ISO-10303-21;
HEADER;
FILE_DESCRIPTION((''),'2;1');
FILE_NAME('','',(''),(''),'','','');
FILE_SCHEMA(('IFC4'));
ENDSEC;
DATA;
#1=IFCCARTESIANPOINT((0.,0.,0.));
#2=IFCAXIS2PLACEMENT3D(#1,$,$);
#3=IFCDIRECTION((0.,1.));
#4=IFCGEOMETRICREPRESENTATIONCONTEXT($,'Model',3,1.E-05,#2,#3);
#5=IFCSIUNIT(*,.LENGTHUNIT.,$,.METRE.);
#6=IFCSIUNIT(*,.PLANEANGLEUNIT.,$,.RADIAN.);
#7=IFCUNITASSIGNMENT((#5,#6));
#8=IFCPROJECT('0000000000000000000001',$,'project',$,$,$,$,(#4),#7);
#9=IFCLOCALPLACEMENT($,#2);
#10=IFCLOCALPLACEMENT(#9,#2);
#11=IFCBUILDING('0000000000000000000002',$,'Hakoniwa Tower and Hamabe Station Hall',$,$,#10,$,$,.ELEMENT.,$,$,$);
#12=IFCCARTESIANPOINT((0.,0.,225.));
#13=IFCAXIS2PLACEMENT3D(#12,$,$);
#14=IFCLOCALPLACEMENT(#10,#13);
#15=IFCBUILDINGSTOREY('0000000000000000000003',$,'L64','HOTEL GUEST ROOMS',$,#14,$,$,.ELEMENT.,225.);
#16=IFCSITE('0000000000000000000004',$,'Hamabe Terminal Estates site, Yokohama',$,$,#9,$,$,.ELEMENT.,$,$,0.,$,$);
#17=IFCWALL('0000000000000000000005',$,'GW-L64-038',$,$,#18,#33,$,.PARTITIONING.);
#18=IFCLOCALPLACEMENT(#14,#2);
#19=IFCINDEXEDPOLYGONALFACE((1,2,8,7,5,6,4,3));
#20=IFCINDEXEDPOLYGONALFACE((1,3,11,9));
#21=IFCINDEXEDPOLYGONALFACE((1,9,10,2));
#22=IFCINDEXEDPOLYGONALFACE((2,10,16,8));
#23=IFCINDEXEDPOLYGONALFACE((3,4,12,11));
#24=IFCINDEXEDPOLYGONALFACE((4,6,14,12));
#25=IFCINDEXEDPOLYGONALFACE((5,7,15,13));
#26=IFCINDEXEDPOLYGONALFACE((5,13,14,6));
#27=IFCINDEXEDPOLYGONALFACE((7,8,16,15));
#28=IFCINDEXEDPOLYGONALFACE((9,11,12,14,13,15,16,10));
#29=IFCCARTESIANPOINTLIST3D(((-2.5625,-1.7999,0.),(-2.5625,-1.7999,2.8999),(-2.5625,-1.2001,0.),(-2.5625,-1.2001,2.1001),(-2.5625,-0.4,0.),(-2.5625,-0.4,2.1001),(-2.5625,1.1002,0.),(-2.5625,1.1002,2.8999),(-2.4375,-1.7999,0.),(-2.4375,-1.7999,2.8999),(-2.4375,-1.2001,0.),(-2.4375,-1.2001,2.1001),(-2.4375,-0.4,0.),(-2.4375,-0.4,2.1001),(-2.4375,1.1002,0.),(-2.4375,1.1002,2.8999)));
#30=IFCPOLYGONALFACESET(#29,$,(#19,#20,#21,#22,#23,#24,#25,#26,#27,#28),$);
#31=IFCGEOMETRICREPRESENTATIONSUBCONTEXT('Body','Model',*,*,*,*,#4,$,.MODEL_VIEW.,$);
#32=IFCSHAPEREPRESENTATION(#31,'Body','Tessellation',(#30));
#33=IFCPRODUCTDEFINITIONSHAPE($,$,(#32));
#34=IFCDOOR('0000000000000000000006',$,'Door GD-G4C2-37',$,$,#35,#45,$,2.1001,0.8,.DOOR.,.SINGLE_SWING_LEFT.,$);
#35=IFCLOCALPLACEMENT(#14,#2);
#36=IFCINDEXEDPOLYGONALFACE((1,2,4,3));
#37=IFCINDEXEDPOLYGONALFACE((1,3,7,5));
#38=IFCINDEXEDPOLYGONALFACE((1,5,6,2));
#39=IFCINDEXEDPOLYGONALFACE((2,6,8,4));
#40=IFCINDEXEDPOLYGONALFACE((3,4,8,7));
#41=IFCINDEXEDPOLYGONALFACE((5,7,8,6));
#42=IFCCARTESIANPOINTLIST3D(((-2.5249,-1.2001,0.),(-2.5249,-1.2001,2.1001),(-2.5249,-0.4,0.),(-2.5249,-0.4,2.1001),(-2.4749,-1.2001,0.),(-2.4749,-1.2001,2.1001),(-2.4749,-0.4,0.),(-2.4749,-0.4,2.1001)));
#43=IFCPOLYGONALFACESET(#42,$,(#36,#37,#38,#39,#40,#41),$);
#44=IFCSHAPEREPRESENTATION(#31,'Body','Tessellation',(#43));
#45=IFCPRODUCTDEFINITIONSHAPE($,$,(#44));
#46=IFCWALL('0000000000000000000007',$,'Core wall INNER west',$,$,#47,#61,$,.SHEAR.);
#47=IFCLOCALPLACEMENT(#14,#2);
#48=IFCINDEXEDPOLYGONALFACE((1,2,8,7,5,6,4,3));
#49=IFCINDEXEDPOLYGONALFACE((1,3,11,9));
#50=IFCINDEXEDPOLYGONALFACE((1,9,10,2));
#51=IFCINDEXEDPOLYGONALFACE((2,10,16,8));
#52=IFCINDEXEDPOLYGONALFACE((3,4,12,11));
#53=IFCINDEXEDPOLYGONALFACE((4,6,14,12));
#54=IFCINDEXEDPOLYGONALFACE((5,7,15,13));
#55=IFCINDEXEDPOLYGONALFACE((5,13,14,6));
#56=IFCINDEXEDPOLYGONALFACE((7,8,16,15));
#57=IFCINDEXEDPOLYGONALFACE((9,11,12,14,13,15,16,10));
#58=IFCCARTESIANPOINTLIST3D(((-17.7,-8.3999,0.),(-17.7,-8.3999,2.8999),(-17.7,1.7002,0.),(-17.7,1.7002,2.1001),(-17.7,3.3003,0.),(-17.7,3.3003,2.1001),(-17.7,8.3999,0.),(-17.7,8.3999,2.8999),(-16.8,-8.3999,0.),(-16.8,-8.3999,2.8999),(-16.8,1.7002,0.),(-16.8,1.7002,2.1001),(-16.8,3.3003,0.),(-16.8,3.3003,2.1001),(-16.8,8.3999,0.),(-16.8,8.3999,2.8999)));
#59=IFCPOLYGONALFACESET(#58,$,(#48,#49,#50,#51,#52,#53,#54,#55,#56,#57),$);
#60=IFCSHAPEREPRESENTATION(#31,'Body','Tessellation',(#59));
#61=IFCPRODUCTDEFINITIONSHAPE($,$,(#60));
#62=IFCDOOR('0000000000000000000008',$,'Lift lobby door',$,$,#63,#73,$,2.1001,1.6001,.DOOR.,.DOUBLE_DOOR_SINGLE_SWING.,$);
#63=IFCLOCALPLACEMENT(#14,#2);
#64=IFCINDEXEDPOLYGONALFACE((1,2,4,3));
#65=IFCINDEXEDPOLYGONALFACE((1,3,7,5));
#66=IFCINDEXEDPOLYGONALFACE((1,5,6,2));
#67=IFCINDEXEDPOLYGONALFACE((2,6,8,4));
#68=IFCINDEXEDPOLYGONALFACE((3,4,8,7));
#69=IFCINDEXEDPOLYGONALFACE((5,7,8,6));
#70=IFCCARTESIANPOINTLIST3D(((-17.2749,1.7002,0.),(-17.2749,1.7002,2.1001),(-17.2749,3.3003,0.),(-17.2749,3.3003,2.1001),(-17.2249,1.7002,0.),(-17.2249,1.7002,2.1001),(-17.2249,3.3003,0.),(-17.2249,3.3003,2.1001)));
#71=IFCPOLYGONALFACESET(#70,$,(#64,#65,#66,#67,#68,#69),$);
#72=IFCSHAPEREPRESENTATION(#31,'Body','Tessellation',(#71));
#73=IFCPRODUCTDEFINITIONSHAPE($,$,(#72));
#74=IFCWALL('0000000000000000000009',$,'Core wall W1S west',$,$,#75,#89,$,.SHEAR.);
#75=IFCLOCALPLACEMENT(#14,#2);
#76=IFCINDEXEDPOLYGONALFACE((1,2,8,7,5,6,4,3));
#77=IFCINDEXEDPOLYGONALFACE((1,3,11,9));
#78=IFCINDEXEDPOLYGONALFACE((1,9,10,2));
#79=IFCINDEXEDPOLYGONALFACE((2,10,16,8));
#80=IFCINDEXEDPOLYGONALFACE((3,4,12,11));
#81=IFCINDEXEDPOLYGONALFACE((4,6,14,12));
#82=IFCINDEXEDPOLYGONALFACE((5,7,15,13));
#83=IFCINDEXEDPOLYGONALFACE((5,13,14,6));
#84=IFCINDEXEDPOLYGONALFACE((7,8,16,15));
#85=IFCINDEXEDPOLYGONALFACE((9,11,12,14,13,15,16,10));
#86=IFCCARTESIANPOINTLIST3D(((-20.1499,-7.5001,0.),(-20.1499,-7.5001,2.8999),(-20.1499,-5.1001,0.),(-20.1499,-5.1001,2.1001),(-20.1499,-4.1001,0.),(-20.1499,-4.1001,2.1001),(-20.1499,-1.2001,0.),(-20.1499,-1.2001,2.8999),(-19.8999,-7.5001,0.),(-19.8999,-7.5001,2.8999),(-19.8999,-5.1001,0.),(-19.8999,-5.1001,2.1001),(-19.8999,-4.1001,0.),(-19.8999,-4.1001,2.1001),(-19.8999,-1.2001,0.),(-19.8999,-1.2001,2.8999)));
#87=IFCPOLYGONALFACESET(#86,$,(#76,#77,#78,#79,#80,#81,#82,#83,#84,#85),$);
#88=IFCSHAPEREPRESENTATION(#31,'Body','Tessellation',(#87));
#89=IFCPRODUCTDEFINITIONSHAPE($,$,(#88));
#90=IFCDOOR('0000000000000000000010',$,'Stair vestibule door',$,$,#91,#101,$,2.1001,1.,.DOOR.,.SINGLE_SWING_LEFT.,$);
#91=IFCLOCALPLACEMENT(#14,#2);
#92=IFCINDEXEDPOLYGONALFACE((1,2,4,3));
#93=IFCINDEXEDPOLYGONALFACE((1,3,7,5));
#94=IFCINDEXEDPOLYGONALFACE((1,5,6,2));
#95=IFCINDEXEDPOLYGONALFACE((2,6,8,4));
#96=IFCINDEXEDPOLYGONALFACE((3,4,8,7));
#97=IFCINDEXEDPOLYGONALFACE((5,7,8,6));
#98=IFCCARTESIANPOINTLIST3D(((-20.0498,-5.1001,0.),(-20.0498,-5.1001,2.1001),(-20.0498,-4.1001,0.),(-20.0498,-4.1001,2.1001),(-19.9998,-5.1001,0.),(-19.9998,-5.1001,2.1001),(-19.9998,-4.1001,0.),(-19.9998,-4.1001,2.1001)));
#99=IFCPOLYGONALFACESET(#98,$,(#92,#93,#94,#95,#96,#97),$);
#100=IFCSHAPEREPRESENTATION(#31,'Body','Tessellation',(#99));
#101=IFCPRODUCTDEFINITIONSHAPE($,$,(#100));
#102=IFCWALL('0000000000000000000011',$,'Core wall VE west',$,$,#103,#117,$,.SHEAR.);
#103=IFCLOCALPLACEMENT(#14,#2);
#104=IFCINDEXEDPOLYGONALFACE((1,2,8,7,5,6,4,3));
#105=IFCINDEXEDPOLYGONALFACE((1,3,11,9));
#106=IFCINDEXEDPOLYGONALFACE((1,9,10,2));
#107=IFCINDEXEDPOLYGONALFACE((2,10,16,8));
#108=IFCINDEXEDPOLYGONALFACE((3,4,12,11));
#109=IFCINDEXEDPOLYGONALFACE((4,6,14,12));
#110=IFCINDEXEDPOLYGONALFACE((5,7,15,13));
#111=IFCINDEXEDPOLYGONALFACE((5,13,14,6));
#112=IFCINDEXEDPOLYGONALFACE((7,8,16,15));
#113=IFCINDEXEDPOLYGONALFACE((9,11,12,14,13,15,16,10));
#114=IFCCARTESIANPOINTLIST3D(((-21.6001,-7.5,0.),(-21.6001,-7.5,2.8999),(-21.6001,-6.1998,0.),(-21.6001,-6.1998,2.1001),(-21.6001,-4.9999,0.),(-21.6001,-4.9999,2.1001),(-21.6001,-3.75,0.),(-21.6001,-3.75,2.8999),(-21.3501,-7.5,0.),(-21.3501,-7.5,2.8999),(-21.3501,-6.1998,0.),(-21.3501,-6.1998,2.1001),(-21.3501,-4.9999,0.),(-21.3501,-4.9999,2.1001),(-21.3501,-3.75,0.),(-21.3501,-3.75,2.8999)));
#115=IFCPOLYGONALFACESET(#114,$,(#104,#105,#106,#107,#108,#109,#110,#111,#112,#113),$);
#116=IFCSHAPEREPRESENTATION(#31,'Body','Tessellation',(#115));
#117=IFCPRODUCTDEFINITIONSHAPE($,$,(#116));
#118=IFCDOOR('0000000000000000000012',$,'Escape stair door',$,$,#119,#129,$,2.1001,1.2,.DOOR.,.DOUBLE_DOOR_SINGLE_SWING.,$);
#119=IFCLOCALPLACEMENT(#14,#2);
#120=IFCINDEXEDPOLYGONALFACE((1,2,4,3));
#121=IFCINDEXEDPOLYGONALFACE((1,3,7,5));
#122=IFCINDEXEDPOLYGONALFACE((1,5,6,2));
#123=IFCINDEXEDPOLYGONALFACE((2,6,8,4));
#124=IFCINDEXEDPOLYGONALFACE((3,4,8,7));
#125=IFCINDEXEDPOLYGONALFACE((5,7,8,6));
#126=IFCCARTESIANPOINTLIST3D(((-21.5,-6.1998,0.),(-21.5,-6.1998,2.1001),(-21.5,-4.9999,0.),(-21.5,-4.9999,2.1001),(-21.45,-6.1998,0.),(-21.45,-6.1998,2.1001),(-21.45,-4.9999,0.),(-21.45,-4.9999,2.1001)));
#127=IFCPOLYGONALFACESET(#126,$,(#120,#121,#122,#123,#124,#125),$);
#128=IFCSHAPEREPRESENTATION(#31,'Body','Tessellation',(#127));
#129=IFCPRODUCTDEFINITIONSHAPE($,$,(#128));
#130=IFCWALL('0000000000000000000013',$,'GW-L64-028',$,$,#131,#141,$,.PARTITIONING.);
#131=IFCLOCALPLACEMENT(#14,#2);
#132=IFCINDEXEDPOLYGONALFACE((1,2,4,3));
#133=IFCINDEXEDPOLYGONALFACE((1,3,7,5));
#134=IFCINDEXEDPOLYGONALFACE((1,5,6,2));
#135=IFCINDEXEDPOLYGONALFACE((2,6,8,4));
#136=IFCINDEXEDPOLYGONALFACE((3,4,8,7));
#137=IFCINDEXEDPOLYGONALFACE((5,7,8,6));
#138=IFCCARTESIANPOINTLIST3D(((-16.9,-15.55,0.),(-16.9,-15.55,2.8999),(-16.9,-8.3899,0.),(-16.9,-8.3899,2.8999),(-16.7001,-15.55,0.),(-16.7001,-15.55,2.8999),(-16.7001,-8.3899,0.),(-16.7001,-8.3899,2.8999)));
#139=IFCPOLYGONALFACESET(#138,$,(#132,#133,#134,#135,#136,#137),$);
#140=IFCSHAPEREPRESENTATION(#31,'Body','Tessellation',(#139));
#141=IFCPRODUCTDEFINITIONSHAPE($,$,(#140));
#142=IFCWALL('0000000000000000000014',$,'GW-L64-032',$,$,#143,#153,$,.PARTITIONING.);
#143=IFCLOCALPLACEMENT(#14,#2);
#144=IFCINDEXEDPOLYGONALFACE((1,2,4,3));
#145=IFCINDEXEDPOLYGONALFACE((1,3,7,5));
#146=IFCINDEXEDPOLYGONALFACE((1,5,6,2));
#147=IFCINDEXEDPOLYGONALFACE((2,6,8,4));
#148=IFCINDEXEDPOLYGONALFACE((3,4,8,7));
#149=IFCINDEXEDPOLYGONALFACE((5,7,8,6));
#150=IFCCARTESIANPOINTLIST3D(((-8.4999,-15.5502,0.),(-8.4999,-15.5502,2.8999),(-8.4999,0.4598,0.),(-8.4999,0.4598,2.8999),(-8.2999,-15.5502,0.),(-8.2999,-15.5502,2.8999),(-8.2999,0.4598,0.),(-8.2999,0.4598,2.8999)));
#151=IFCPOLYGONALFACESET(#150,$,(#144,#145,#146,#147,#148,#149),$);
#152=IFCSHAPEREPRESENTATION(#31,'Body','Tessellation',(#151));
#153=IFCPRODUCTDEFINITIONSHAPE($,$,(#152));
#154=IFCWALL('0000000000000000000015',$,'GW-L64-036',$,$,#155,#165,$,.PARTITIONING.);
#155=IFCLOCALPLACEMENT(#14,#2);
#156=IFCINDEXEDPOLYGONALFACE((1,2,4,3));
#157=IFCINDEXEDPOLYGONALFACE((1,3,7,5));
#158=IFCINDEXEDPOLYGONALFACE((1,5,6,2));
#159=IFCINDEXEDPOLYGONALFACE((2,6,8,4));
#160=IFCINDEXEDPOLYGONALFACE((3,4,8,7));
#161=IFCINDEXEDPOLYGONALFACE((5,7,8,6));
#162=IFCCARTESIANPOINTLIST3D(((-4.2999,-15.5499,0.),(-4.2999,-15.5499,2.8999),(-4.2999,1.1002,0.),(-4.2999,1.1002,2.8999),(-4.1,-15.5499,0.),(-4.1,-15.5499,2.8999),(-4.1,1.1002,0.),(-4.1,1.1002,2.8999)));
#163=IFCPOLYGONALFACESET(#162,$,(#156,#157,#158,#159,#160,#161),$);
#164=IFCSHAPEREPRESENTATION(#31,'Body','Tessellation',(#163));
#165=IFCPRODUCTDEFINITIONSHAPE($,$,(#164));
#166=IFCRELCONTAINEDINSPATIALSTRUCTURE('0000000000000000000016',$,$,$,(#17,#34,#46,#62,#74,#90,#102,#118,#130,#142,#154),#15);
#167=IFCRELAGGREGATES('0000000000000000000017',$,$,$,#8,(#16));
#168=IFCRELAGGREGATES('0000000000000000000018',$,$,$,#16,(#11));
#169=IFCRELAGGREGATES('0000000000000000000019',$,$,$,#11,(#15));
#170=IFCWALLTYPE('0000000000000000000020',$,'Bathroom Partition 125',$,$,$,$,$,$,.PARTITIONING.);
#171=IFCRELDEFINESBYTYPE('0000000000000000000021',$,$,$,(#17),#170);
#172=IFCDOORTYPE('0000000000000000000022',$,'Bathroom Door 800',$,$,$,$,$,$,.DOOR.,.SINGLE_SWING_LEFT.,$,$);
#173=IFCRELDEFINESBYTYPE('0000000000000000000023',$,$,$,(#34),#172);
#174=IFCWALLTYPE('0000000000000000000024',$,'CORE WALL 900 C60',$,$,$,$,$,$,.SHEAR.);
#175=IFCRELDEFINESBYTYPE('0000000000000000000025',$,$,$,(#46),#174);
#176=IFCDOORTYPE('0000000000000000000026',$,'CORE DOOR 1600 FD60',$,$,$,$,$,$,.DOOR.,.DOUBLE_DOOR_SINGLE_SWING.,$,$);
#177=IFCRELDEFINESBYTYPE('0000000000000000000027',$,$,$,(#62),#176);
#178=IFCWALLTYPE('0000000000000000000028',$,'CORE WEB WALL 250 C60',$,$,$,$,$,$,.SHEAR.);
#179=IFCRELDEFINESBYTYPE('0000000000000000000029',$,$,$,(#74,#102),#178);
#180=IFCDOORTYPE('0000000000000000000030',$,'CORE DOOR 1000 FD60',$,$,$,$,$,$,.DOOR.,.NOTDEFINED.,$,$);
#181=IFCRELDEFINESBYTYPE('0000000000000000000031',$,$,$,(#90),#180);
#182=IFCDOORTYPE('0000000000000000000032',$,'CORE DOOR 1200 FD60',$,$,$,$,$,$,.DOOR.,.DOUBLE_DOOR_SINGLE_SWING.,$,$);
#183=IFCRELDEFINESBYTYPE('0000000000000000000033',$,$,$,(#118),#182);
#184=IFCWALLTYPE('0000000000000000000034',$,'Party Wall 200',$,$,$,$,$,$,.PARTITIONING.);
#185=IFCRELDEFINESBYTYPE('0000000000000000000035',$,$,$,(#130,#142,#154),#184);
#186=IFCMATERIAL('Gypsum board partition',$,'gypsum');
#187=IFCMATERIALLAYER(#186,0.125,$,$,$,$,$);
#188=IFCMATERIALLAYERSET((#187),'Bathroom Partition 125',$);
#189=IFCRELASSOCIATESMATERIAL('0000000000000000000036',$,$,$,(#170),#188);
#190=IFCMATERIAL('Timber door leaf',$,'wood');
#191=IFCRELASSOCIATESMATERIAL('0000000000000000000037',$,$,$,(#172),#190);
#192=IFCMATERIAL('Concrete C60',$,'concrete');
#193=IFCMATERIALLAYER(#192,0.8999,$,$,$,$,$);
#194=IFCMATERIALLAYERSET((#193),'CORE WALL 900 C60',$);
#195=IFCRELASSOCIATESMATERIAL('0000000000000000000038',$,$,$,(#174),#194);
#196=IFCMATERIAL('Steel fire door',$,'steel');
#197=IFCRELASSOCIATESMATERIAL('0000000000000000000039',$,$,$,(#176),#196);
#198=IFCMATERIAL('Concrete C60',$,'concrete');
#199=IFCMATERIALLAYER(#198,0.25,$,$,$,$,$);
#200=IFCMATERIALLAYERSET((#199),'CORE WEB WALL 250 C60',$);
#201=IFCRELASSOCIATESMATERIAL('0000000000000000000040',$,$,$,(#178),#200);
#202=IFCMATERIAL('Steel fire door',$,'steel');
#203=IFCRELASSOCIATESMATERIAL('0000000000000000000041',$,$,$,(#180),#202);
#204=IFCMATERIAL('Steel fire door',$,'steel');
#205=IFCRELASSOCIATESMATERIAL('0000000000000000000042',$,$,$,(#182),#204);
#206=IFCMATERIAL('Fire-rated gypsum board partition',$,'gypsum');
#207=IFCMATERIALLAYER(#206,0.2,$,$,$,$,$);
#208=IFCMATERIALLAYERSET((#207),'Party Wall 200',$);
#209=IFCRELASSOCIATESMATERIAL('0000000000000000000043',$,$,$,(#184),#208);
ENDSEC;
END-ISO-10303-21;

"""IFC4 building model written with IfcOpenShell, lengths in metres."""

from ifc_helpers import new_model, si_unit, direction, frame, frame_2d, origin, place, context, subcontext, project, spatial, rectangle, extrude, material, layer, layer_set, type_object, element, fill, save


model = new_model("IFC4")

# Units and contexts
model_context = context("Model", 3, precision=1e-05, world=origin(), true_north=direction((0.0, 1.0)))
body_context = subcontext(model_context, "Body", "Model", "MODEL_VIEW")
ifc_project = project(units=[si_unit("LENGTHUNIT", "METRE"), si_unit("PLANEANGLEUNIT", "RADIAN")], contexts=[model_context])

# Site, building, storey
site_placement = place(None, origin())
site = spatial("IfcSite", under=ifc_project, at=site_placement, Name="Hamabe Terminal Estates site, Yokohama", CompositionType="ELEMENT", RefElevation=0.0)
building_placement = place(site_placement, origin())
building = spatial("IfcBuilding", under=site, at=building_placement, Name="Hakoniwa Tower and Hamabe Station Hall", CompositionType="ELEMENT")
storey_placement = place(building_placement, frame((0.0, 0.0, 225.0)))
storey = spatial("IfcBuildingStorey", under=building, at=storey_placement, Name="L64", Description="HOTEL GUEST ROOMS", CompositionType="ELEMENT", Elevation=225.0)

# Shared definitions
ifc_material_1 = material(Name="Gypsum board partition", Category="gypsum")
ifc_layer_1 = layer(ifc_material_1, 0.125)
ifc_layer_set_1 = layer_set([ifc_layer_1], Name="Bathroom Partition 125")
wall_type_1 = type_object("IfcWallType", Name="Bathroom Partition 125", PredefinedType="PARTITIONING", material=ifc_layer_set_1)
ifc_material_2 = material(Name="Timber door leaf", Category="wood")
door_type_1 = type_object("IfcDoorType", Name="Bathroom Door 800", OperationType="SINGLE_SWING_LEFT", PredefinedType="DOOR", material=ifc_material_2)

# Walls, openings, doors
wall_1_placement = place(storey_placement, frame((-2.5, -1.8, 0.0), z_axis=(0.0, 0.0, 1.0), x_axis=(0.0, 1.0, 0.0)))
wall_1 = element("IfcWall", 1, at=wall_1_placement, inside=storey, type_object=wall_type_1, Name="GW-L64-038", PredefinedType="PARTITIONING", context=body_context, shape_type="SweptSolid", body=[
    extrude(rectangle(XDim=2.9001, YDim=0.125, at=frame_2d((1.4502, 0.0))), origin(), (0.0, 0.0, 1.0), 2.8999),
])
opening_1_placement = place(wall_1_placement, frame((0.6001, 0.0, 0.0)))
opening_1 = element("IfcOpeningElement", 2, at=opening_1_placement, cuts=wall_1, PredefinedType="OPENING", context=body_context, shape_type="SweptSolid", body=[
    extrude(rectangle(XDim=0.8, YDim=2.1001, at=frame_2d((0.3999, 1.05))), frame((0.0, 0.0725, 0.0), z_axis=(0.0, -1.0, 0.0), x_axis=(1.0, 0.0, 0.0)), (0.0, 0.0, 1.0), 0.145),
])
door_1_placement = place(opening_1_placement, origin())
door_1 = element("IfcDoor", 3, at=door_1_placement, inside=storey, type_object=door_type_1, Name="Door GD-G4C2-37", OperationType="SINGLE_SWING_LEFT", OverallHeight=2.1001, OverallWidth=0.8, PredefinedType="DOOR", context=body_context, shape_type="SweptSolid", body=[
    extrude(rectangle(XDim=0.8, YDim=2.1001, at=frame_2d((0.3999, 1.05))), frame((0.0, 0.0249, 0.0), z_axis=(0.0, -1.0, 0.0), x_axis=(1.0, 0.0, 0.0)), (0.0, 0.0, 1.0), 0.05),
])
fill(opening_1, door_1)
ifc_material_3 = material(Name="Concrete C60", Category="concrete")
ifc_layer_2 = layer(ifc_material_3, 0.8999)
ifc_layer_set_2 = layer_set([ifc_layer_2], Name="CORE WALL 900 C60")
wall_type_2 = type_object("IfcWallType", Name="CORE WALL 900 C60", PredefinedType="SHEAR", material=ifc_layer_set_2)
wall_2_placement = place(storey_placement, frame((-17.25, -8.3999, 0.0), z_axis=(0.0, 0.0, 1.0), x_axis=(0.0, 1.0, 0.0)))
wall_2 = element("IfcWall", 4, at=wall_2_placement, inside=storey, type_object=wall_type_2, Name="Core wall INNER west", PredefinedType="SHEAR", context=body_context, shape_type="SweptSolid", body=[
    extrude(rectangle(XDim=16.7998, YDim=0.8999, at=frame_2d((8.3999, 0.0))), origin(), (0.0, 0.0, 1.0), 2.8999),
])
opening_2_placement = place(wall_2_placement, frame((10.1001, 0.0, 0.0)))
opening_2 = element("IfcOpeningElement", 5, at=opening_2_placement, cuts=wall_2, PredefinedType="OPENING", context=body_context, shape_type="SweptSolid", body=[
    extrude(rectangle(XDim=1.6001, YDim=2.1001, at=frame_2d((0.8, 1.05))), frame((0.0, 0.46, 0.0), z_axis=(0.0, -1.0, 0.0), x_axis=(1.0, 0.0, 0.0)), (0.0, 0.0, 1.0), 0.9199),
])
ifc_material_4 = material(Name="Steel fire door", Category="steel")
door_type_2 = type_object("IfcDoorType", Name="CORE DOOR 1600 FD60", OperationType="DOUBLE_DOOR_SINGLE_SWING", PredefinedType="DOOR", material=ifc_material_4)
door_2_placement = place(opening_2_placement, origin())
door_2 = element("IfcDoor", 6, at=door_2_placement, inside=storey, type_object=door_type_2, Name="Lift lobby door", OperationType="DOUBLE_DOOR_SINGLE_SWING", OverallHeight=2.1001, OverallWidth=1.6001, PredefinedType="DOOR", context=body_context, shape_type="SweptSolid", body=[
    extrude(rectangle(XDim=1.6001, YDim=2.1001, at=frame_2d((0.8, 1.05))), frame((0.0, 0.0249, 0.0), z_axis=(0.0, -1.0, 0.0), x_axis=(1.0, 0.0, 0.0)), (0.0, 0.0, 1.0), 0.05),
])
fill(opening_2, door_2)
ifc_material_5 = material(Name="Concrete C60", Category="concrete")
ifc_layer_3 = layer(ifc_material_5, 0.25)
ifc_layer_set_3 = layer_set([ifc_layer_3], Name="CORE WEB WALL 250 C60")
wall_type_3 = type_object("IfcWallType", Name="CORE WEB WALL 250 C60", PredefinedType="SHEAR", material=ifc_layer_set_3)
wall_3_placement = place(storey_placement, frame((-20.0249, -7.5, 0.0), z_axis=(0.0, 0.0, 1.0), x_axis=(0.0, 1.0, 0.0)))
wall_3 = element("IfcWall", 7, at=wall_3_placement, inside=storey, type_object=wall_type_3, Name="Core wall W1S west", PredefinedType="SHEAR", context=body_context, shape_type="SweptSolid", body=[
    extrude(rectangle(XDim=6.3, YDim=0.25, at=frame_2d((3.1499, 0.0))), origin(), (0.0, 0.0, 1.0), 2.8999),
])
opening_3_placement = place(wall_3_placement, frame((2.3999, 0.0, 0.0)))
opening_3 = element("IfcOpeningElement", 8, at=opening_3_placement, cuts=wall_3, PredefinedType="OPENING", context=body_context, shape_type="SweptSolid", body=[
    extrude(rectangle(XDim=1.0, YDim=2.1001, at=frame_2d((0.5, 1.05))), frame((0.0, 0.135, 0.0), z_axis=(0.0, -1.0, 0.0), x_axis=(1.0, 0.0, 0.0)), (0.0, 0.0, 1.0), 0.27),
])
ifc_material_6 = material(Name="Steel fire door", Category="steel")
door_type_3 = type_object("IfcDoorType", Name="CORE DOOR 1000 FD60", OperationType="NOTDEFINED", PredefinedType="DOOR", material=ifc_material_6)
door_3_placement = place(opening_3_placement, origin())
door_3 = element("IfcDoor", 9, at=door_3_placement, inside=storey, type_object=door_type_3, Name="Stair vestibule door", OperationType="SINGLE_SWING_LEFT", OverallHeight=2.1001, OverallWidth=1.0, PredefinedType="DOOR", context=body_context, shape_type="SweptSolid", body=[
    extrude(rectangle(XDim=1.0, YDim=2.1001, at=frame_2d((0.5, 1.05))), frame((0.0, 0.0249, 0.0), z_axis=(0.0, -1.0, 0.0), x_axis=(1.0, 0.0, 0.0)), (0.0, 0.0, 1.0), 0.05),
])
fill(opening_3, door_3)
wall_4_placement = place(storey_placement, frame((-21.4751, -7.5, 0.0), z_axis=(0.0, 0.0, 1.0), x_axis=(0.0, 1.0, 0.0)))
wall_4 = element("IfcWall", 10, at=wall_4_placement, inside=storey, type_object=wall_type_3, Name="Core wall VE west", PredefinedType="SHEAR", context=body_context, shape_type="SweptSolid", body=[
    extrude(rectangle(XDim=3.75, YDim=0.25, at=frame_2d((1.875, 0.0))), origin(), (0.0, 0.0, 1.0), 2.8999),
])
opening_4_placement = place(wall_4_placement, frame((1.3, 0.0, 0.0)))
opening_4 = element("IfcOpeningElement", 11, at=opening_4_placement, cuts=wall_4, PredefinedType="OPENING", context=body_context, shape_type="SweptSolid", body=[
    extrude(rectangle(XDim=1.2, YDim=2.1001, at=frame_2d((0.6001, 1.05))), frame((0.0, 0.135, 0.0), z_axis=(0.0, -1.0, 0.0), x_axis=(1.0, 0.0, 0.0)), (0.0, 0.0, 1.0), 0.27),
])
ifc_material_7 = material(Name="Steel fire door", Category="steel")
door_type_4 = type_object("IfcDoorType", Name="CORE DOOR 1200 FD60", OperationType="DOUBLE_DOOR_SINGLE_SWING", PredefinedType="DOOR", material=ifc_material_7)
door_4_placement = place(opening_4_placement, origin())
door_4 = element("IfcDoor", 12, at=door_4_placement, inside=storey, type_object=door_type_4, Name="Escape stair door", OperationType="DOUBLE_DOOR_SINGLE_SWING", OverallHeight=2.1001, OverallWidth=1.2, PredefinedType="DOOR", context=body_context, shape_type="SweptSolid", body=[
    extrude(rectangle(XDim=1.2, YDim=2.1001, at=frame_2d((0.6001, 1.05))), frame((0.0, 0.0249, 0.0), z_axis=(0.0, -1.0, 0.0), x_axis=(1.0, 0.0, 0.0)), (0.0, 0.0, 1.0), 0.05),
])
fill(opening_4, door_4)

# Walls
ifc_material_8 = material(Name="Fire-rated gypsum board partition", Category="gypsum")
ifc_layer_4 = layer(ifc_material_8, 0.2)
ifc_layer_set_4 = layer_set([ifc_layer_4], Name="Party Wall 200")
wall_type_4 = type_object("IfcWallType", Name="Party Wall 200", PredefinedType="PARTITIONING", material=ifc_layer_set_4)
wall_5_placement = place(storey_placement, frame((-16.8, -15.55, 0.0), z_axis=(0.0, 0.0, 1.0), x_axis=(0.0, 1.0, 0.0)))
element("IfcWall", 13, at=wall_5_placement, inside=storey, type_object=wall_type_4, Name="GW-L64-028", PredefinedType="PARTITIONING", context=body_context, shape_type="SweptSolid", body=[
    extrude(rectangle(XDim=7.1602, YDim=0.2, at=frame_2d((3.5801, 0.0))), origin(), (0.0, 0.0, 1.0), 2.8999),
])
wall_6_placement = place(storey_placement, frame((-8.3999, -15.55, 0.0), z_axis=(0.0, 0.0, 1.0), x_axis=(0.0, 1.0, 0.0)))
element("IfcWall", 14, at=wall_6_placement, inside=storey, type_object=wall_type_4, Name="GW-L64-032", PredefinedType="PARTITIONING", context=body_context, shape_type="SweptSolid", body=[
    extrude(rectangle(XDim=16.01, YDim=0.2, at=frame_2d((8.0049, 0.0))), origin(), (0.0, 0.0, 1.0), 2.8999),
])
wall_7_placement = place(storey_placement, frame((-4.2, -15.55, 0.0), z_axis=(0.0, 0.0, 1.0), x_axis=(0.0, 1.0, 0.0)))
element("IfcWall", 15, at=wall_7_placement, inside=storey, type_object=wall_type_4, Name="GW-L64-036", PredefinedType="PARTITIONING", context=body_context, shape_type="SweptSolid", body=[
    extrude(rectangle(XDim=16.6501, YDim=0.2, at=frame_2d((8.3252, 0.0))), origin(), (0.0, 0.0, 1.0), 2.8999),
])

save(model, "model.ifc")
